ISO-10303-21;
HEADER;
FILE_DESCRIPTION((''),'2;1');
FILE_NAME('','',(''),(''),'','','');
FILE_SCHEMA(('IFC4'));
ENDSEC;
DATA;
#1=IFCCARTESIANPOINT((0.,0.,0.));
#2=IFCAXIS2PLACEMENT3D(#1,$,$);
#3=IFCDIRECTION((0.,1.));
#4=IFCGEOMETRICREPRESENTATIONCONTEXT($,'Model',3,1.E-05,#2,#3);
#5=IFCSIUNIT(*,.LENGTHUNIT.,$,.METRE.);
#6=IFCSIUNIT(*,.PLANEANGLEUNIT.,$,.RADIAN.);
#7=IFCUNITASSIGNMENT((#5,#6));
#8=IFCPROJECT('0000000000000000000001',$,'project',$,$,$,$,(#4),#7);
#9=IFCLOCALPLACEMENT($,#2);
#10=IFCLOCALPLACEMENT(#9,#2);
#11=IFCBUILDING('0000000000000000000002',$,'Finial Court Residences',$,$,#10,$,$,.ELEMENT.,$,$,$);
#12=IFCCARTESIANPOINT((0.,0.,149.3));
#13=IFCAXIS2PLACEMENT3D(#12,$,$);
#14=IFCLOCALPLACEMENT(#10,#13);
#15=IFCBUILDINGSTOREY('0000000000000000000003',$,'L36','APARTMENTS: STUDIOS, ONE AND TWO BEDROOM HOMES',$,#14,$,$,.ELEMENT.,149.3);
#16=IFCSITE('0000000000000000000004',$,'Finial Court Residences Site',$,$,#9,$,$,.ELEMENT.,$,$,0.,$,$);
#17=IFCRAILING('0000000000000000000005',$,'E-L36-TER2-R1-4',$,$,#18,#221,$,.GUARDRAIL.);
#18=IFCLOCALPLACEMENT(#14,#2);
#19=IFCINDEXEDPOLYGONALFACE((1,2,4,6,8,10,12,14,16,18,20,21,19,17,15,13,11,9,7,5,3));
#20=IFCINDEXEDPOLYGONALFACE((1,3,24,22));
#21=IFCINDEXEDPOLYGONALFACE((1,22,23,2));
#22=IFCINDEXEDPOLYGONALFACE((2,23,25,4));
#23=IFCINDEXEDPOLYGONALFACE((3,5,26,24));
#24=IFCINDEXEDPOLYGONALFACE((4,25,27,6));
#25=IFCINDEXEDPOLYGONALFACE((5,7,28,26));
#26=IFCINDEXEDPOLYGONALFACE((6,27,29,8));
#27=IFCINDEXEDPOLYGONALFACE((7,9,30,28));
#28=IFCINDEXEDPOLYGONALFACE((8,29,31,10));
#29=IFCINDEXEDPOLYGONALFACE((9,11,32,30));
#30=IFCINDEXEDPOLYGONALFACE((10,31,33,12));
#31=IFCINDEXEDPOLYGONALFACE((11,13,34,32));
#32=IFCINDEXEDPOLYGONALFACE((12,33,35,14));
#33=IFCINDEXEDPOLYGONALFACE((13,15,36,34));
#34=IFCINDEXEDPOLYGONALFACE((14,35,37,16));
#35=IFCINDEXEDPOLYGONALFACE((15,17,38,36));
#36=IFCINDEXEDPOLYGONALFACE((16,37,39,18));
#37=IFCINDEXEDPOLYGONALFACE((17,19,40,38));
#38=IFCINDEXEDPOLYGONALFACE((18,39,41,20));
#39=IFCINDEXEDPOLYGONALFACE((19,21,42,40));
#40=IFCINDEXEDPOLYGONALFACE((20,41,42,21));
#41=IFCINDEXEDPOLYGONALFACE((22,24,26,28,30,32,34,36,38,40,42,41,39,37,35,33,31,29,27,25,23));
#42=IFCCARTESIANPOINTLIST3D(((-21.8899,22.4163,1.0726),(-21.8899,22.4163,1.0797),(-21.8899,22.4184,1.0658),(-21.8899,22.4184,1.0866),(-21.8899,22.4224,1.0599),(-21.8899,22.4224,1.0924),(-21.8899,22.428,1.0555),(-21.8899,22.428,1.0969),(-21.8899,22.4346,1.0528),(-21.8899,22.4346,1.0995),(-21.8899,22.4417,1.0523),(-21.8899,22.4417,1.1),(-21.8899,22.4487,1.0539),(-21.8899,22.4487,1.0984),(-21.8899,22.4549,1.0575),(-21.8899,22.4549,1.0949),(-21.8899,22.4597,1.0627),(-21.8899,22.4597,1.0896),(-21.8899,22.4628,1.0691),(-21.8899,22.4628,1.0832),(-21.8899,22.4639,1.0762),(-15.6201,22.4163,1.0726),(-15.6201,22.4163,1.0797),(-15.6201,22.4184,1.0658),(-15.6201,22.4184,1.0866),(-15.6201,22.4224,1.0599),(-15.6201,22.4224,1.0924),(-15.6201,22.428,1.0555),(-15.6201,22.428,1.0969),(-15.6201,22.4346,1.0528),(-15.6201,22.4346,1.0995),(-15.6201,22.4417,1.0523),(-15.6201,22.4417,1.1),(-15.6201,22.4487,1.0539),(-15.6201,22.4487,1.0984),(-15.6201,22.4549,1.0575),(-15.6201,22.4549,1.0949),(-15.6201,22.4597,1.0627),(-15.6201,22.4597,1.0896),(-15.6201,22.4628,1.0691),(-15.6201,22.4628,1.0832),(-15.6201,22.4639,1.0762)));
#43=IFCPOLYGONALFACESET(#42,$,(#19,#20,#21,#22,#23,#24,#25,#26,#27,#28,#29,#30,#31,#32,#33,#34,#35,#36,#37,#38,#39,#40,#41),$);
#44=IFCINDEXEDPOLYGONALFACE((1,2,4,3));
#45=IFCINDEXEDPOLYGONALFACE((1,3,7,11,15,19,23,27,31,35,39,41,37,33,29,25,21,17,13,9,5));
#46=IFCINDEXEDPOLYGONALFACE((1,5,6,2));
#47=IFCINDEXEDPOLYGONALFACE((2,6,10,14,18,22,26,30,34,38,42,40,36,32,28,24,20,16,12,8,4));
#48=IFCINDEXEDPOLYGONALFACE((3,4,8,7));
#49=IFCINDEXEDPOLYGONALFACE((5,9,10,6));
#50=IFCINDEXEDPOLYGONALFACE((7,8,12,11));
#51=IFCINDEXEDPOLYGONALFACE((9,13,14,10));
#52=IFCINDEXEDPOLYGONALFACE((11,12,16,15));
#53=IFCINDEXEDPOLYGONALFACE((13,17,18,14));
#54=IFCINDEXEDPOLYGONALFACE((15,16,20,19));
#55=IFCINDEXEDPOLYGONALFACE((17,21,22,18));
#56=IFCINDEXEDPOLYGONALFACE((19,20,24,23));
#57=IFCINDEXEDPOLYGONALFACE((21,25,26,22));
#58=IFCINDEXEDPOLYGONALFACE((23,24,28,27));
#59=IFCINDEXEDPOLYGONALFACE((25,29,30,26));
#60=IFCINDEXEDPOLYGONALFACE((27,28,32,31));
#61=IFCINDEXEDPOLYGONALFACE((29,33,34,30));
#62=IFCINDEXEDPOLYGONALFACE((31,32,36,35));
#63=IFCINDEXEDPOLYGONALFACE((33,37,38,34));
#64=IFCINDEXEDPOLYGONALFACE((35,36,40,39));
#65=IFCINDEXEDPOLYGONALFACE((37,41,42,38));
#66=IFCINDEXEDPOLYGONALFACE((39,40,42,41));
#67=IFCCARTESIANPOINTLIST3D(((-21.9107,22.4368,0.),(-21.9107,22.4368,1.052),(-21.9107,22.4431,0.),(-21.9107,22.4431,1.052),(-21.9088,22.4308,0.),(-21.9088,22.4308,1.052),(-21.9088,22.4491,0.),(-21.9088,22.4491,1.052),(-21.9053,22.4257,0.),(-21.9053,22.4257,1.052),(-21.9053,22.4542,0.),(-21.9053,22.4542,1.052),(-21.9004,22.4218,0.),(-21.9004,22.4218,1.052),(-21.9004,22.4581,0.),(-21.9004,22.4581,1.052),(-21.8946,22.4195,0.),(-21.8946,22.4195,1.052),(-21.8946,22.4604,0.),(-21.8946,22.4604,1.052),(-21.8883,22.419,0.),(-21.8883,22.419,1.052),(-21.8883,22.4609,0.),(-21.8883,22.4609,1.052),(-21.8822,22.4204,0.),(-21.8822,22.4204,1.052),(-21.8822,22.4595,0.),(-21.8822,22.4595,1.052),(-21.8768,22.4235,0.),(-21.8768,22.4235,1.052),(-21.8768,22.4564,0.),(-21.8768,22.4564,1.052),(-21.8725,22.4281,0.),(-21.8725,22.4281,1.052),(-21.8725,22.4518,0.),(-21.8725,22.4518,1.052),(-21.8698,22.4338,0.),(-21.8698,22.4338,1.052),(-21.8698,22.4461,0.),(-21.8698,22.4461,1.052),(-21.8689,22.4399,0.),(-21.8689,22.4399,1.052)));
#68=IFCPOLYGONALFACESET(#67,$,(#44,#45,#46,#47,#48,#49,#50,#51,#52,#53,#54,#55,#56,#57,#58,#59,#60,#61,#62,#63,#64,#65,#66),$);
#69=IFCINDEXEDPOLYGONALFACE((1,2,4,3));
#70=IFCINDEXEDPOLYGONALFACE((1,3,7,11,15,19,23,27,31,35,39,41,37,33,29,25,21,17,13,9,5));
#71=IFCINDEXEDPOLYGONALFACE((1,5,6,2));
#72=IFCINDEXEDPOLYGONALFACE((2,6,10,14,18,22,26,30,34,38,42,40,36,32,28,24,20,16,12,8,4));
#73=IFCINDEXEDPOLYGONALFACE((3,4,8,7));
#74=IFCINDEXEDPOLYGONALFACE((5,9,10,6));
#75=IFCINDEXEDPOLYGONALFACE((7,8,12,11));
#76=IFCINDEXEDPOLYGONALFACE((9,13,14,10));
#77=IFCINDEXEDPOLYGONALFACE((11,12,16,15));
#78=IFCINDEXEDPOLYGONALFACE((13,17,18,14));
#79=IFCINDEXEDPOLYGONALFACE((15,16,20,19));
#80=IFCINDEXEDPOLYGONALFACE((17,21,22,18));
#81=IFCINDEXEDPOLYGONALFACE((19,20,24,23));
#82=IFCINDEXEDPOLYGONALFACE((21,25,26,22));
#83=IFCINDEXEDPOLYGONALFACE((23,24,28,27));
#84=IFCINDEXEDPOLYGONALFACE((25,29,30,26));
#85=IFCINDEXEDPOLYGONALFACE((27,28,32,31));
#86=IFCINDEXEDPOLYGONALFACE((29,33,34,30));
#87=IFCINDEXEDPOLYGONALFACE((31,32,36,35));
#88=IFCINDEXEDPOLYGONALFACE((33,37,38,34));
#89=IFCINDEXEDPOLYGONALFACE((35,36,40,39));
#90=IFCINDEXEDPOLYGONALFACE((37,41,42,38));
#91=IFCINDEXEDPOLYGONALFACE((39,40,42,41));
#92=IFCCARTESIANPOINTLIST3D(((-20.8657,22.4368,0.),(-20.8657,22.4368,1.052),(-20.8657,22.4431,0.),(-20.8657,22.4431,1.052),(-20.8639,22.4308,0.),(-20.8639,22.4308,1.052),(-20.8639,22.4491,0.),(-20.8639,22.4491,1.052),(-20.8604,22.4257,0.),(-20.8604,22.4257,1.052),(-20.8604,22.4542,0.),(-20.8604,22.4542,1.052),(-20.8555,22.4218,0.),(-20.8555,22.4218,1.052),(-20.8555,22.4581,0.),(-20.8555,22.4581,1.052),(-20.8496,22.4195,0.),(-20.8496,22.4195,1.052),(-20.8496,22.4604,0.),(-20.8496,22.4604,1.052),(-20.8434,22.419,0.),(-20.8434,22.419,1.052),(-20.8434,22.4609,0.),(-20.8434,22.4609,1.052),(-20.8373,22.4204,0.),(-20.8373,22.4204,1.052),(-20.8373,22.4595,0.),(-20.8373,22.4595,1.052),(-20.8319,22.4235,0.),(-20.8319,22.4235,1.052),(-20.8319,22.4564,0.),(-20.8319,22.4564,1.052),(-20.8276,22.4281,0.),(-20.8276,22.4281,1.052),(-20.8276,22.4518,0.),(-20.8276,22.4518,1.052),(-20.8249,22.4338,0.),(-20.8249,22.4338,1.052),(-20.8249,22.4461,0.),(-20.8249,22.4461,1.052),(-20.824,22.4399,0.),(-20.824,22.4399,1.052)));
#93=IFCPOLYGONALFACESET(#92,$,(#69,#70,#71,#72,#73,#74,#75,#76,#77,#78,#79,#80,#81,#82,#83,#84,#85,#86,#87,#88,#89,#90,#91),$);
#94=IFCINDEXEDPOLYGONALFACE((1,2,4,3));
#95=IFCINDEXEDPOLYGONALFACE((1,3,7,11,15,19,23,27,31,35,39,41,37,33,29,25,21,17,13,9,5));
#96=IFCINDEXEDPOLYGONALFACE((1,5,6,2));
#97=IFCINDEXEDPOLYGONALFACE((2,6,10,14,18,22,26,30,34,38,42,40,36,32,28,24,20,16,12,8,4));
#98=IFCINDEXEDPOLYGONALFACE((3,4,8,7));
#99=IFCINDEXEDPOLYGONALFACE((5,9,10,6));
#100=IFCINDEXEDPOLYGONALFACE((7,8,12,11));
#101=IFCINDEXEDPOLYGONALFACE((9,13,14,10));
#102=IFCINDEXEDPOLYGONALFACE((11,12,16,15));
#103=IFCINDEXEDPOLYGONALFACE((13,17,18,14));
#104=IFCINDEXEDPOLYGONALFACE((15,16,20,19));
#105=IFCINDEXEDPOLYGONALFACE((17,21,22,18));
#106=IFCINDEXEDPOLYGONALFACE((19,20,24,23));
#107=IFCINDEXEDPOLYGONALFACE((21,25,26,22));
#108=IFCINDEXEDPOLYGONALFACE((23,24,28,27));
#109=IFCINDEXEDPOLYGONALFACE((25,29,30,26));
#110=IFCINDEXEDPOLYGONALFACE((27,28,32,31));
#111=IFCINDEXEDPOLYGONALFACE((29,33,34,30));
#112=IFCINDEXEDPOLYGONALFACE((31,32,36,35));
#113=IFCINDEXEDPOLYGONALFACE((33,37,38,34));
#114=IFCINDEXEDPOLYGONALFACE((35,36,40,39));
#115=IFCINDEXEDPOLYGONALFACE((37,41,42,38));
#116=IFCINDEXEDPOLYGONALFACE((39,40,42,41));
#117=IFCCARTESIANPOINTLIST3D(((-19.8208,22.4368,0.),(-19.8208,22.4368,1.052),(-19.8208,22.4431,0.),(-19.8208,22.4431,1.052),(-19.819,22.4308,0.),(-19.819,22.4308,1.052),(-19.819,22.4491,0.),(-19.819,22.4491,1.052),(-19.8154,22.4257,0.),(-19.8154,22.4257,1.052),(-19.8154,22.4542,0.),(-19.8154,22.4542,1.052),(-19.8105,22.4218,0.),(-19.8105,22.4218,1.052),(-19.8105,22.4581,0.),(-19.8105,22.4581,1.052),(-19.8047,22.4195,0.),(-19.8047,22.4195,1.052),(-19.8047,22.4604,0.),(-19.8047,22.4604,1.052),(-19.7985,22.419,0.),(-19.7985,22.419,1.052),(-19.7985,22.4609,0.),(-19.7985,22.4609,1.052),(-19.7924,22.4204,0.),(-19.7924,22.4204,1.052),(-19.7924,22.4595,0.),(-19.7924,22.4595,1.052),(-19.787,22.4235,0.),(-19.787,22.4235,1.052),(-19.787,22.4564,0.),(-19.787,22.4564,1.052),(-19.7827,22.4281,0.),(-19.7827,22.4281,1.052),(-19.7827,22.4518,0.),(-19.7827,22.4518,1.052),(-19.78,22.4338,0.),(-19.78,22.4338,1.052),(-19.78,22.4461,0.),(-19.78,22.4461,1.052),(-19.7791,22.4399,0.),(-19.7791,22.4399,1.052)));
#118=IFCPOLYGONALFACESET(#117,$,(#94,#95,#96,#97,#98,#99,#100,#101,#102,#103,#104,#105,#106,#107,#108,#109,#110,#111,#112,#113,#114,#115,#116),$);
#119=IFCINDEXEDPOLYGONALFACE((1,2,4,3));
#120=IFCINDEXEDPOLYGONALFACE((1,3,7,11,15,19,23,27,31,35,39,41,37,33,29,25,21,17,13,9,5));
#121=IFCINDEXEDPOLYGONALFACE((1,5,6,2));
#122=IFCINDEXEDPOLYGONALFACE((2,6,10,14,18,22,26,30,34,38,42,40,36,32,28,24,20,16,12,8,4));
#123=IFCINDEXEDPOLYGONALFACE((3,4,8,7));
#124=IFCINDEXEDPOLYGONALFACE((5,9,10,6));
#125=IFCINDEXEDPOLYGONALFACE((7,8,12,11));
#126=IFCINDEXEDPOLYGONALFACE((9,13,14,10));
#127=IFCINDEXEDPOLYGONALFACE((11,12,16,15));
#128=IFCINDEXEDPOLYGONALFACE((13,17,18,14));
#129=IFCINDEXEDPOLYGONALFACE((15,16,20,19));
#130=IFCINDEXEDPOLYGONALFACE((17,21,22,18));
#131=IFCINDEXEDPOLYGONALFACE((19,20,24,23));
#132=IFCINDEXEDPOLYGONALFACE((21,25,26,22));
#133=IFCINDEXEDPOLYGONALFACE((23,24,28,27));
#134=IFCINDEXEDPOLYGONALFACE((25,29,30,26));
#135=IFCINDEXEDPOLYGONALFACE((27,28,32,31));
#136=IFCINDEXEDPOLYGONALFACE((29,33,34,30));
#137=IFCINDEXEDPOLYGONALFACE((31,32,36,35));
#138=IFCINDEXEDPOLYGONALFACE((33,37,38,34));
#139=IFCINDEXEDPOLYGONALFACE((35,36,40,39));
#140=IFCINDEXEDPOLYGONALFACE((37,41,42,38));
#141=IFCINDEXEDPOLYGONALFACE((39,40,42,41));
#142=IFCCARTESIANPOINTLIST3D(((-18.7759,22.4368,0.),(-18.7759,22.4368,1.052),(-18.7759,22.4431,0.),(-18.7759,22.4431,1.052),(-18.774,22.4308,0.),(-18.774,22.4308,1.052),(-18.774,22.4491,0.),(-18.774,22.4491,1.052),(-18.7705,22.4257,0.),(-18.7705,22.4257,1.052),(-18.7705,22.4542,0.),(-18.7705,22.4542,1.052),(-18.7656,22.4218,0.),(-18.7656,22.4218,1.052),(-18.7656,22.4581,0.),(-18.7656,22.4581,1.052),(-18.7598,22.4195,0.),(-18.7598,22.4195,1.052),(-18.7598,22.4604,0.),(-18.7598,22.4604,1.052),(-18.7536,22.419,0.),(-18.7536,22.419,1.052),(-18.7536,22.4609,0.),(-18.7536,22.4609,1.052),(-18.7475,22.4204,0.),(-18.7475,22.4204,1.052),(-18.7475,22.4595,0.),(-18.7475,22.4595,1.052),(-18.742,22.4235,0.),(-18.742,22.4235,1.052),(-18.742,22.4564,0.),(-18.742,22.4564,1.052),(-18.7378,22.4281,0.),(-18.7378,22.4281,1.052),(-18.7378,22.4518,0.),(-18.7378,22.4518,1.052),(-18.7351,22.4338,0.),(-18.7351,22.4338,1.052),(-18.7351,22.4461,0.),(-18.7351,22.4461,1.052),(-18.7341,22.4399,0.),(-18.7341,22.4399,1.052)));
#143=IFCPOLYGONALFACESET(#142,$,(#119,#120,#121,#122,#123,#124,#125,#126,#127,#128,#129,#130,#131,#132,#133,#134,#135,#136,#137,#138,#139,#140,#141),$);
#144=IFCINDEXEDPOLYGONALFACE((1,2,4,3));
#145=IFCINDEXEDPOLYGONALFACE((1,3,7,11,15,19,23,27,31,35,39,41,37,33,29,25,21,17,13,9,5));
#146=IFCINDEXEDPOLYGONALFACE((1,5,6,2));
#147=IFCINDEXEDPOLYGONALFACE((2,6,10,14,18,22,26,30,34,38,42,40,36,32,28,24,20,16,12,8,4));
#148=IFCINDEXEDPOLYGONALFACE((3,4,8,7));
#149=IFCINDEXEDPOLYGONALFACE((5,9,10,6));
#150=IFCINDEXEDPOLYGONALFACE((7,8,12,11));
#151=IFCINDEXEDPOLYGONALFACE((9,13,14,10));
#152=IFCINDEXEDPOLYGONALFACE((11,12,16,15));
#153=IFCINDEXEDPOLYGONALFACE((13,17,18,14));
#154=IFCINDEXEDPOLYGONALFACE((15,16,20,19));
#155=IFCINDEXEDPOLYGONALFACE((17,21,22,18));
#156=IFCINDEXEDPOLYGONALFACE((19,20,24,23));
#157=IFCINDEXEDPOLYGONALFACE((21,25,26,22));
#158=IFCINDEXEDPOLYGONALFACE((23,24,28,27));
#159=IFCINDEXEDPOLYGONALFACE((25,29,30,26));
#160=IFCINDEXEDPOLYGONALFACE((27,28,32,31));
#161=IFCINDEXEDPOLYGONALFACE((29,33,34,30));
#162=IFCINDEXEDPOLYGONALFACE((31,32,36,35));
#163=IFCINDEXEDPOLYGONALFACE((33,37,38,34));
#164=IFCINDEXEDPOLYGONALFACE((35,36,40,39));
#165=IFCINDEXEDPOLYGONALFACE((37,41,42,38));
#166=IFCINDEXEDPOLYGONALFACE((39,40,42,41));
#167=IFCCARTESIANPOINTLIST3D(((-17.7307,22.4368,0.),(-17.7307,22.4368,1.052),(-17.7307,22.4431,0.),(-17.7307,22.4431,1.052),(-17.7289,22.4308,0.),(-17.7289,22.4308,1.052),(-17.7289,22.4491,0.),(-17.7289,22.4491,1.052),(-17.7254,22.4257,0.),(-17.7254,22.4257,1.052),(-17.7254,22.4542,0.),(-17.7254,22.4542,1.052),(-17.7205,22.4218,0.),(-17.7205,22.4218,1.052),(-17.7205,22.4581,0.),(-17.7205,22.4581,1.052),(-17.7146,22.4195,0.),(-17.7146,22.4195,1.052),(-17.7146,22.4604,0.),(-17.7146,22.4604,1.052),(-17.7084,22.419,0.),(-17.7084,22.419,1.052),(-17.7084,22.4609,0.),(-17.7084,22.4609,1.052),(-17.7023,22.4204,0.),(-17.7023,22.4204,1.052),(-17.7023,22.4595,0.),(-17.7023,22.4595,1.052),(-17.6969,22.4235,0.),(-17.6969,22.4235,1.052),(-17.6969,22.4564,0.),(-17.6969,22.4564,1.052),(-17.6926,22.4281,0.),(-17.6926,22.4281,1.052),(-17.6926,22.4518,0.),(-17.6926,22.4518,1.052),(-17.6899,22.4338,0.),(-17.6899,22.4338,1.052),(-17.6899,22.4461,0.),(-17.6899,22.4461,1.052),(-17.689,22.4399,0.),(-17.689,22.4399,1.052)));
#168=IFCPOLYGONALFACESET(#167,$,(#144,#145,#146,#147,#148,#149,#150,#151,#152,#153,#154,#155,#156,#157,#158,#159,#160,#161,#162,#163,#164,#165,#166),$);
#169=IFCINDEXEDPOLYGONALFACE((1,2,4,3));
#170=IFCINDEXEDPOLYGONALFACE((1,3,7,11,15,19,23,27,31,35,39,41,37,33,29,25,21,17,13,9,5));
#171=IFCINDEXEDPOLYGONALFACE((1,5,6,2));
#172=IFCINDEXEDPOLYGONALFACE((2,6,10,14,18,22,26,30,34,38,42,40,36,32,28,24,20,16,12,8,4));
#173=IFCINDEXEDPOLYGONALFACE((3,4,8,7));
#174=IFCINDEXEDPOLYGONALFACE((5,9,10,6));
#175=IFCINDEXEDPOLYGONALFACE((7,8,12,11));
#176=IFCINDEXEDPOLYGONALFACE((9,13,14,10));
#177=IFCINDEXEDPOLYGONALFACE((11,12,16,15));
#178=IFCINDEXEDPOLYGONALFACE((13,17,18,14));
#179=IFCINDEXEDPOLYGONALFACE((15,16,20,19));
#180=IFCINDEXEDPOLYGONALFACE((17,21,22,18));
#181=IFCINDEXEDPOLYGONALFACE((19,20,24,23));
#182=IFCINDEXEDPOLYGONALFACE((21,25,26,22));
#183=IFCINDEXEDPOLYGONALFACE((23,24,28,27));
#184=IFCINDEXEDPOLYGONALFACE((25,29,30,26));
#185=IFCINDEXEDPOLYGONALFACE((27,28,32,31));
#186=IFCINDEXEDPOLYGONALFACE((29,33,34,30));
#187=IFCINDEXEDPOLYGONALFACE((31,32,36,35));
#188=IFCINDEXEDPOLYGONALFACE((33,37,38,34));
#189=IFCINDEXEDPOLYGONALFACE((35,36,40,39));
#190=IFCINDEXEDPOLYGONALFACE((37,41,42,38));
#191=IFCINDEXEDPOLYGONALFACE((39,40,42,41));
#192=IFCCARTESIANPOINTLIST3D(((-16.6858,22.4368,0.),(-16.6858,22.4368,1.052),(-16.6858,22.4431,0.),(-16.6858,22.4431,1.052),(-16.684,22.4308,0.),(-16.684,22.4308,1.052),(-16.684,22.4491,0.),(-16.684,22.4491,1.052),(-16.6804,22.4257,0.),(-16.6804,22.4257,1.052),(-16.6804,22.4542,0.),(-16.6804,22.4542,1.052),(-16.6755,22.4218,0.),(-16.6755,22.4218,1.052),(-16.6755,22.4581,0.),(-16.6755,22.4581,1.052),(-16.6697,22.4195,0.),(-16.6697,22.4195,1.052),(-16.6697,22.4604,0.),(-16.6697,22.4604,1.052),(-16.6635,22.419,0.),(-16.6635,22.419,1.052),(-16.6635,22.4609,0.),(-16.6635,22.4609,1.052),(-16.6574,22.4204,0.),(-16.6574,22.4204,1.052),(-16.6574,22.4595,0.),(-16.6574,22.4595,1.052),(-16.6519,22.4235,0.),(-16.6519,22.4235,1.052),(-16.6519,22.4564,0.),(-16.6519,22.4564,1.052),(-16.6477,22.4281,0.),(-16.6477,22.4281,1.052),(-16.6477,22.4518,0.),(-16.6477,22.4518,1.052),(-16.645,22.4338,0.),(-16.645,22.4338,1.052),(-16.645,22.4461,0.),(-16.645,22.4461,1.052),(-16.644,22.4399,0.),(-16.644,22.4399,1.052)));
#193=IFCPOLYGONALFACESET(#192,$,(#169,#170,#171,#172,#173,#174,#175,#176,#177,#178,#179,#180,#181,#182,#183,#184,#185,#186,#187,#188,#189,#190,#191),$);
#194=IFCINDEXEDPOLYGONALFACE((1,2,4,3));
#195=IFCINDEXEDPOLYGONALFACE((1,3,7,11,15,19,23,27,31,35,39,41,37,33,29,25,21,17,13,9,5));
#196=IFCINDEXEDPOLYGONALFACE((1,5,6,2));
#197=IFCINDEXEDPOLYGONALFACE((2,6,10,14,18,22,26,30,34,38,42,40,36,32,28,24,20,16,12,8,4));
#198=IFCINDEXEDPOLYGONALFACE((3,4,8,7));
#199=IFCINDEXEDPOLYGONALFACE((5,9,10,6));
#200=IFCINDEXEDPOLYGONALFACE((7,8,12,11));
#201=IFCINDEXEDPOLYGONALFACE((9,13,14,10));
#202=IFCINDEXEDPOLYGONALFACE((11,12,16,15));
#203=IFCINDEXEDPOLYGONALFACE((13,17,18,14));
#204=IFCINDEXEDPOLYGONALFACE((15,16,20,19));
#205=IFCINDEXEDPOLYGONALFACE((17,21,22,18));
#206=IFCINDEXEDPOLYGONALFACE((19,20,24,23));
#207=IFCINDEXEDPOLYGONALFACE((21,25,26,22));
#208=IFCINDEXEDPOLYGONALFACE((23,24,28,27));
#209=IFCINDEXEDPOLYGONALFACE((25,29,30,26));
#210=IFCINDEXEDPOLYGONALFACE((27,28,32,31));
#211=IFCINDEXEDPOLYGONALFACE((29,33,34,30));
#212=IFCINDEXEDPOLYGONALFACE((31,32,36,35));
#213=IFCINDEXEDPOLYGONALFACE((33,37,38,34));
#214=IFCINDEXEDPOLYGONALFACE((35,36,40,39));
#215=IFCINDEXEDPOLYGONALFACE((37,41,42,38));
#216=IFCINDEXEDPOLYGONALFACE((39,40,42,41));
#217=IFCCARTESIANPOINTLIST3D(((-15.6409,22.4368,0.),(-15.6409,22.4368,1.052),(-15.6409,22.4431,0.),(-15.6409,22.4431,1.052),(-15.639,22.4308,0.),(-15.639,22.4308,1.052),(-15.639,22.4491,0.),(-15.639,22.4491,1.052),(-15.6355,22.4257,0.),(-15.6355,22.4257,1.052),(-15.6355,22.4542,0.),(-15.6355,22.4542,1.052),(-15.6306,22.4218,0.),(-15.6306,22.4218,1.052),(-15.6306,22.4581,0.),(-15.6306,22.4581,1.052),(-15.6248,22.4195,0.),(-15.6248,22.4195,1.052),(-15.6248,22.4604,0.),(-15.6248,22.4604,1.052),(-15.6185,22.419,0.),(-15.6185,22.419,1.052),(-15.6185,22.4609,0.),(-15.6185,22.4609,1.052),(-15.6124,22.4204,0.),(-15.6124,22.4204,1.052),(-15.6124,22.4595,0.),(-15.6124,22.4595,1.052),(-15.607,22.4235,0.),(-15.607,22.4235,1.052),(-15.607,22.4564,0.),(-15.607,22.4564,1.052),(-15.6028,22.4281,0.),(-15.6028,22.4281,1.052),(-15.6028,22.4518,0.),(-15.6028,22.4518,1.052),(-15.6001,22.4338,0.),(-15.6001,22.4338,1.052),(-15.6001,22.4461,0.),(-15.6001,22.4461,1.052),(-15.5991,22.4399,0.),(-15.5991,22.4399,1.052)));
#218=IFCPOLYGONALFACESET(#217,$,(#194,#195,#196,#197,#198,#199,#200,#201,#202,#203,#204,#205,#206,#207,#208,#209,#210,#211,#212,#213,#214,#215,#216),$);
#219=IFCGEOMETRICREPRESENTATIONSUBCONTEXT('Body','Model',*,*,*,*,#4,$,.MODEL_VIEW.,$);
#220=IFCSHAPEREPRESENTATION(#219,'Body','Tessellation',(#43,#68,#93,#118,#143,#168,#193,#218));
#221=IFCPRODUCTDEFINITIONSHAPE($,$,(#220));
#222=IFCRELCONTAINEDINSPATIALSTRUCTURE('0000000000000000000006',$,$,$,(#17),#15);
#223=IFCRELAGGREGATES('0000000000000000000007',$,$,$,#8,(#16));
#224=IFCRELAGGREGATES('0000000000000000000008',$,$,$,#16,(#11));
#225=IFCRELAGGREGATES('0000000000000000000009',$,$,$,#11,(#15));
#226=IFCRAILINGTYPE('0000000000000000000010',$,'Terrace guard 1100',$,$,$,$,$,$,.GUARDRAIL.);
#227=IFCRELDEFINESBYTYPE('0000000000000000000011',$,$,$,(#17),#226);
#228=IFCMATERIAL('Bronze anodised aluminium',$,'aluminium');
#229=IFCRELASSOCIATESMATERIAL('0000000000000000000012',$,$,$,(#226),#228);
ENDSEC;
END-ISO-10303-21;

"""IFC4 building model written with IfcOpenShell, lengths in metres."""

from ifc_helpers import new_model, si_unit, direction, frame, origin, origin_2d, place, context, subcontext, project, spatial, circle, extrude, material, type_object, element, save


model = new_model("IFC4")

# Units and contexts
model_context = context("Model", 3, precision=1e-05, world=origin(), true_north=direction((0.0, 1.0)))
body_context = subcontext(model_context, "Body", "Model", "MODEL_VIEW")
ifc_project = project(units=[si_unit("LENGTHUNIT", "METRE"), si_unit("PLANEANGLEUNIT", "RADIAN")], contexts=[model_context])

# Site, building, storey
site_placement = place(None, origin())
site = spatial("IfcSite", under=ifc_project, at=site_placement, Name="Finial Court Residences Site", CompositionType="ELEMENT", RefElevation=0.0)
building_placement = place(site_placement, origin())
building = spatial("IfcBuilding", under=site, at=building_placement, Name="Finial Court Residences", CompositionType="ELEMENT")
storey_placement = place(building_placement, frame((0.0, 0.0, 149.3)))
storey = spatial("IfcBuildingStorey", under=building, at=storey_placement, Name="L36", Description="APARTMENTS: STUDIOS, ONE AND TWO BEDROOM HOMES", CompositionType="ELEMENT", Elevation=149.3)

# Shared definitions
ifc_material_1 = material(Name="Bronze anodised aluminium", Category="aluminium")

# Railing
railing_type = type_object("IfcRailingType", Name="Terrace guard 1100", PredefinedType="GUARDRAIL", material=ifc_material_1)
railing_1_placement = place(storey_placement, frame((-21.8899, 22.4399, 0.0)))
element("IfcRailing", 1, at=railing_1_placement, inside=storey, type_object=railing_type, Name="E-L36-TER2-R1-4", PredefinedType="GUARDRAIL", context=body_context, shape_type="SweptSolid", body=[
    extrude(circle(Radius=0.0239, at=origin_2d()), frame((0.0, 0.0, 1.0762), z_axis=(1.0, 0.0, 0.0), x_axis=(0.0, 1.0, 0.0)), (0.0, 0.0, 1.0), 6.2698),
    extrude(circle(Radius=0.021, at=origin_2d()), origin(), (0.0, 0.0, 1.0), 1.052),
    extrude(circle(Radius=0.021, at=origin_2d()), frame((1.0449, 0.0, 0.0)), (0.0, 0.0, 1.0), 1.052),
    extrude(circle(Radius=0.021, at=origin_2d()), frame((2.0898, 0.0, 0.0)), (0.0, 0.0, 1.0), 1.052),
    extrude(circle(Radius=0.021, at=origin_2d()), frame((3.1348, 0.0, 0.0)), (0.0, 0.0, 1.0), 1.052),
    extrude(circle(Radius=0.021, at=origin_2d()), frame((4.1799, 0.0, 0.0)), (0.0, 0.0, 1.0), 1.052),
    extrude(circle(Radius=0.021, at=origin_2d()), frame((5.2249, 0.0, 0.0)), (0.0, 0.0, 1.0), 1.052),
    extrude(circle(Radius=0.021, at=origin_2d()), frame((6.2698, 0.0, 0.0)), (0.0, 0.0, 1.0), 1.052),
])

save(model, "model.ifc")
